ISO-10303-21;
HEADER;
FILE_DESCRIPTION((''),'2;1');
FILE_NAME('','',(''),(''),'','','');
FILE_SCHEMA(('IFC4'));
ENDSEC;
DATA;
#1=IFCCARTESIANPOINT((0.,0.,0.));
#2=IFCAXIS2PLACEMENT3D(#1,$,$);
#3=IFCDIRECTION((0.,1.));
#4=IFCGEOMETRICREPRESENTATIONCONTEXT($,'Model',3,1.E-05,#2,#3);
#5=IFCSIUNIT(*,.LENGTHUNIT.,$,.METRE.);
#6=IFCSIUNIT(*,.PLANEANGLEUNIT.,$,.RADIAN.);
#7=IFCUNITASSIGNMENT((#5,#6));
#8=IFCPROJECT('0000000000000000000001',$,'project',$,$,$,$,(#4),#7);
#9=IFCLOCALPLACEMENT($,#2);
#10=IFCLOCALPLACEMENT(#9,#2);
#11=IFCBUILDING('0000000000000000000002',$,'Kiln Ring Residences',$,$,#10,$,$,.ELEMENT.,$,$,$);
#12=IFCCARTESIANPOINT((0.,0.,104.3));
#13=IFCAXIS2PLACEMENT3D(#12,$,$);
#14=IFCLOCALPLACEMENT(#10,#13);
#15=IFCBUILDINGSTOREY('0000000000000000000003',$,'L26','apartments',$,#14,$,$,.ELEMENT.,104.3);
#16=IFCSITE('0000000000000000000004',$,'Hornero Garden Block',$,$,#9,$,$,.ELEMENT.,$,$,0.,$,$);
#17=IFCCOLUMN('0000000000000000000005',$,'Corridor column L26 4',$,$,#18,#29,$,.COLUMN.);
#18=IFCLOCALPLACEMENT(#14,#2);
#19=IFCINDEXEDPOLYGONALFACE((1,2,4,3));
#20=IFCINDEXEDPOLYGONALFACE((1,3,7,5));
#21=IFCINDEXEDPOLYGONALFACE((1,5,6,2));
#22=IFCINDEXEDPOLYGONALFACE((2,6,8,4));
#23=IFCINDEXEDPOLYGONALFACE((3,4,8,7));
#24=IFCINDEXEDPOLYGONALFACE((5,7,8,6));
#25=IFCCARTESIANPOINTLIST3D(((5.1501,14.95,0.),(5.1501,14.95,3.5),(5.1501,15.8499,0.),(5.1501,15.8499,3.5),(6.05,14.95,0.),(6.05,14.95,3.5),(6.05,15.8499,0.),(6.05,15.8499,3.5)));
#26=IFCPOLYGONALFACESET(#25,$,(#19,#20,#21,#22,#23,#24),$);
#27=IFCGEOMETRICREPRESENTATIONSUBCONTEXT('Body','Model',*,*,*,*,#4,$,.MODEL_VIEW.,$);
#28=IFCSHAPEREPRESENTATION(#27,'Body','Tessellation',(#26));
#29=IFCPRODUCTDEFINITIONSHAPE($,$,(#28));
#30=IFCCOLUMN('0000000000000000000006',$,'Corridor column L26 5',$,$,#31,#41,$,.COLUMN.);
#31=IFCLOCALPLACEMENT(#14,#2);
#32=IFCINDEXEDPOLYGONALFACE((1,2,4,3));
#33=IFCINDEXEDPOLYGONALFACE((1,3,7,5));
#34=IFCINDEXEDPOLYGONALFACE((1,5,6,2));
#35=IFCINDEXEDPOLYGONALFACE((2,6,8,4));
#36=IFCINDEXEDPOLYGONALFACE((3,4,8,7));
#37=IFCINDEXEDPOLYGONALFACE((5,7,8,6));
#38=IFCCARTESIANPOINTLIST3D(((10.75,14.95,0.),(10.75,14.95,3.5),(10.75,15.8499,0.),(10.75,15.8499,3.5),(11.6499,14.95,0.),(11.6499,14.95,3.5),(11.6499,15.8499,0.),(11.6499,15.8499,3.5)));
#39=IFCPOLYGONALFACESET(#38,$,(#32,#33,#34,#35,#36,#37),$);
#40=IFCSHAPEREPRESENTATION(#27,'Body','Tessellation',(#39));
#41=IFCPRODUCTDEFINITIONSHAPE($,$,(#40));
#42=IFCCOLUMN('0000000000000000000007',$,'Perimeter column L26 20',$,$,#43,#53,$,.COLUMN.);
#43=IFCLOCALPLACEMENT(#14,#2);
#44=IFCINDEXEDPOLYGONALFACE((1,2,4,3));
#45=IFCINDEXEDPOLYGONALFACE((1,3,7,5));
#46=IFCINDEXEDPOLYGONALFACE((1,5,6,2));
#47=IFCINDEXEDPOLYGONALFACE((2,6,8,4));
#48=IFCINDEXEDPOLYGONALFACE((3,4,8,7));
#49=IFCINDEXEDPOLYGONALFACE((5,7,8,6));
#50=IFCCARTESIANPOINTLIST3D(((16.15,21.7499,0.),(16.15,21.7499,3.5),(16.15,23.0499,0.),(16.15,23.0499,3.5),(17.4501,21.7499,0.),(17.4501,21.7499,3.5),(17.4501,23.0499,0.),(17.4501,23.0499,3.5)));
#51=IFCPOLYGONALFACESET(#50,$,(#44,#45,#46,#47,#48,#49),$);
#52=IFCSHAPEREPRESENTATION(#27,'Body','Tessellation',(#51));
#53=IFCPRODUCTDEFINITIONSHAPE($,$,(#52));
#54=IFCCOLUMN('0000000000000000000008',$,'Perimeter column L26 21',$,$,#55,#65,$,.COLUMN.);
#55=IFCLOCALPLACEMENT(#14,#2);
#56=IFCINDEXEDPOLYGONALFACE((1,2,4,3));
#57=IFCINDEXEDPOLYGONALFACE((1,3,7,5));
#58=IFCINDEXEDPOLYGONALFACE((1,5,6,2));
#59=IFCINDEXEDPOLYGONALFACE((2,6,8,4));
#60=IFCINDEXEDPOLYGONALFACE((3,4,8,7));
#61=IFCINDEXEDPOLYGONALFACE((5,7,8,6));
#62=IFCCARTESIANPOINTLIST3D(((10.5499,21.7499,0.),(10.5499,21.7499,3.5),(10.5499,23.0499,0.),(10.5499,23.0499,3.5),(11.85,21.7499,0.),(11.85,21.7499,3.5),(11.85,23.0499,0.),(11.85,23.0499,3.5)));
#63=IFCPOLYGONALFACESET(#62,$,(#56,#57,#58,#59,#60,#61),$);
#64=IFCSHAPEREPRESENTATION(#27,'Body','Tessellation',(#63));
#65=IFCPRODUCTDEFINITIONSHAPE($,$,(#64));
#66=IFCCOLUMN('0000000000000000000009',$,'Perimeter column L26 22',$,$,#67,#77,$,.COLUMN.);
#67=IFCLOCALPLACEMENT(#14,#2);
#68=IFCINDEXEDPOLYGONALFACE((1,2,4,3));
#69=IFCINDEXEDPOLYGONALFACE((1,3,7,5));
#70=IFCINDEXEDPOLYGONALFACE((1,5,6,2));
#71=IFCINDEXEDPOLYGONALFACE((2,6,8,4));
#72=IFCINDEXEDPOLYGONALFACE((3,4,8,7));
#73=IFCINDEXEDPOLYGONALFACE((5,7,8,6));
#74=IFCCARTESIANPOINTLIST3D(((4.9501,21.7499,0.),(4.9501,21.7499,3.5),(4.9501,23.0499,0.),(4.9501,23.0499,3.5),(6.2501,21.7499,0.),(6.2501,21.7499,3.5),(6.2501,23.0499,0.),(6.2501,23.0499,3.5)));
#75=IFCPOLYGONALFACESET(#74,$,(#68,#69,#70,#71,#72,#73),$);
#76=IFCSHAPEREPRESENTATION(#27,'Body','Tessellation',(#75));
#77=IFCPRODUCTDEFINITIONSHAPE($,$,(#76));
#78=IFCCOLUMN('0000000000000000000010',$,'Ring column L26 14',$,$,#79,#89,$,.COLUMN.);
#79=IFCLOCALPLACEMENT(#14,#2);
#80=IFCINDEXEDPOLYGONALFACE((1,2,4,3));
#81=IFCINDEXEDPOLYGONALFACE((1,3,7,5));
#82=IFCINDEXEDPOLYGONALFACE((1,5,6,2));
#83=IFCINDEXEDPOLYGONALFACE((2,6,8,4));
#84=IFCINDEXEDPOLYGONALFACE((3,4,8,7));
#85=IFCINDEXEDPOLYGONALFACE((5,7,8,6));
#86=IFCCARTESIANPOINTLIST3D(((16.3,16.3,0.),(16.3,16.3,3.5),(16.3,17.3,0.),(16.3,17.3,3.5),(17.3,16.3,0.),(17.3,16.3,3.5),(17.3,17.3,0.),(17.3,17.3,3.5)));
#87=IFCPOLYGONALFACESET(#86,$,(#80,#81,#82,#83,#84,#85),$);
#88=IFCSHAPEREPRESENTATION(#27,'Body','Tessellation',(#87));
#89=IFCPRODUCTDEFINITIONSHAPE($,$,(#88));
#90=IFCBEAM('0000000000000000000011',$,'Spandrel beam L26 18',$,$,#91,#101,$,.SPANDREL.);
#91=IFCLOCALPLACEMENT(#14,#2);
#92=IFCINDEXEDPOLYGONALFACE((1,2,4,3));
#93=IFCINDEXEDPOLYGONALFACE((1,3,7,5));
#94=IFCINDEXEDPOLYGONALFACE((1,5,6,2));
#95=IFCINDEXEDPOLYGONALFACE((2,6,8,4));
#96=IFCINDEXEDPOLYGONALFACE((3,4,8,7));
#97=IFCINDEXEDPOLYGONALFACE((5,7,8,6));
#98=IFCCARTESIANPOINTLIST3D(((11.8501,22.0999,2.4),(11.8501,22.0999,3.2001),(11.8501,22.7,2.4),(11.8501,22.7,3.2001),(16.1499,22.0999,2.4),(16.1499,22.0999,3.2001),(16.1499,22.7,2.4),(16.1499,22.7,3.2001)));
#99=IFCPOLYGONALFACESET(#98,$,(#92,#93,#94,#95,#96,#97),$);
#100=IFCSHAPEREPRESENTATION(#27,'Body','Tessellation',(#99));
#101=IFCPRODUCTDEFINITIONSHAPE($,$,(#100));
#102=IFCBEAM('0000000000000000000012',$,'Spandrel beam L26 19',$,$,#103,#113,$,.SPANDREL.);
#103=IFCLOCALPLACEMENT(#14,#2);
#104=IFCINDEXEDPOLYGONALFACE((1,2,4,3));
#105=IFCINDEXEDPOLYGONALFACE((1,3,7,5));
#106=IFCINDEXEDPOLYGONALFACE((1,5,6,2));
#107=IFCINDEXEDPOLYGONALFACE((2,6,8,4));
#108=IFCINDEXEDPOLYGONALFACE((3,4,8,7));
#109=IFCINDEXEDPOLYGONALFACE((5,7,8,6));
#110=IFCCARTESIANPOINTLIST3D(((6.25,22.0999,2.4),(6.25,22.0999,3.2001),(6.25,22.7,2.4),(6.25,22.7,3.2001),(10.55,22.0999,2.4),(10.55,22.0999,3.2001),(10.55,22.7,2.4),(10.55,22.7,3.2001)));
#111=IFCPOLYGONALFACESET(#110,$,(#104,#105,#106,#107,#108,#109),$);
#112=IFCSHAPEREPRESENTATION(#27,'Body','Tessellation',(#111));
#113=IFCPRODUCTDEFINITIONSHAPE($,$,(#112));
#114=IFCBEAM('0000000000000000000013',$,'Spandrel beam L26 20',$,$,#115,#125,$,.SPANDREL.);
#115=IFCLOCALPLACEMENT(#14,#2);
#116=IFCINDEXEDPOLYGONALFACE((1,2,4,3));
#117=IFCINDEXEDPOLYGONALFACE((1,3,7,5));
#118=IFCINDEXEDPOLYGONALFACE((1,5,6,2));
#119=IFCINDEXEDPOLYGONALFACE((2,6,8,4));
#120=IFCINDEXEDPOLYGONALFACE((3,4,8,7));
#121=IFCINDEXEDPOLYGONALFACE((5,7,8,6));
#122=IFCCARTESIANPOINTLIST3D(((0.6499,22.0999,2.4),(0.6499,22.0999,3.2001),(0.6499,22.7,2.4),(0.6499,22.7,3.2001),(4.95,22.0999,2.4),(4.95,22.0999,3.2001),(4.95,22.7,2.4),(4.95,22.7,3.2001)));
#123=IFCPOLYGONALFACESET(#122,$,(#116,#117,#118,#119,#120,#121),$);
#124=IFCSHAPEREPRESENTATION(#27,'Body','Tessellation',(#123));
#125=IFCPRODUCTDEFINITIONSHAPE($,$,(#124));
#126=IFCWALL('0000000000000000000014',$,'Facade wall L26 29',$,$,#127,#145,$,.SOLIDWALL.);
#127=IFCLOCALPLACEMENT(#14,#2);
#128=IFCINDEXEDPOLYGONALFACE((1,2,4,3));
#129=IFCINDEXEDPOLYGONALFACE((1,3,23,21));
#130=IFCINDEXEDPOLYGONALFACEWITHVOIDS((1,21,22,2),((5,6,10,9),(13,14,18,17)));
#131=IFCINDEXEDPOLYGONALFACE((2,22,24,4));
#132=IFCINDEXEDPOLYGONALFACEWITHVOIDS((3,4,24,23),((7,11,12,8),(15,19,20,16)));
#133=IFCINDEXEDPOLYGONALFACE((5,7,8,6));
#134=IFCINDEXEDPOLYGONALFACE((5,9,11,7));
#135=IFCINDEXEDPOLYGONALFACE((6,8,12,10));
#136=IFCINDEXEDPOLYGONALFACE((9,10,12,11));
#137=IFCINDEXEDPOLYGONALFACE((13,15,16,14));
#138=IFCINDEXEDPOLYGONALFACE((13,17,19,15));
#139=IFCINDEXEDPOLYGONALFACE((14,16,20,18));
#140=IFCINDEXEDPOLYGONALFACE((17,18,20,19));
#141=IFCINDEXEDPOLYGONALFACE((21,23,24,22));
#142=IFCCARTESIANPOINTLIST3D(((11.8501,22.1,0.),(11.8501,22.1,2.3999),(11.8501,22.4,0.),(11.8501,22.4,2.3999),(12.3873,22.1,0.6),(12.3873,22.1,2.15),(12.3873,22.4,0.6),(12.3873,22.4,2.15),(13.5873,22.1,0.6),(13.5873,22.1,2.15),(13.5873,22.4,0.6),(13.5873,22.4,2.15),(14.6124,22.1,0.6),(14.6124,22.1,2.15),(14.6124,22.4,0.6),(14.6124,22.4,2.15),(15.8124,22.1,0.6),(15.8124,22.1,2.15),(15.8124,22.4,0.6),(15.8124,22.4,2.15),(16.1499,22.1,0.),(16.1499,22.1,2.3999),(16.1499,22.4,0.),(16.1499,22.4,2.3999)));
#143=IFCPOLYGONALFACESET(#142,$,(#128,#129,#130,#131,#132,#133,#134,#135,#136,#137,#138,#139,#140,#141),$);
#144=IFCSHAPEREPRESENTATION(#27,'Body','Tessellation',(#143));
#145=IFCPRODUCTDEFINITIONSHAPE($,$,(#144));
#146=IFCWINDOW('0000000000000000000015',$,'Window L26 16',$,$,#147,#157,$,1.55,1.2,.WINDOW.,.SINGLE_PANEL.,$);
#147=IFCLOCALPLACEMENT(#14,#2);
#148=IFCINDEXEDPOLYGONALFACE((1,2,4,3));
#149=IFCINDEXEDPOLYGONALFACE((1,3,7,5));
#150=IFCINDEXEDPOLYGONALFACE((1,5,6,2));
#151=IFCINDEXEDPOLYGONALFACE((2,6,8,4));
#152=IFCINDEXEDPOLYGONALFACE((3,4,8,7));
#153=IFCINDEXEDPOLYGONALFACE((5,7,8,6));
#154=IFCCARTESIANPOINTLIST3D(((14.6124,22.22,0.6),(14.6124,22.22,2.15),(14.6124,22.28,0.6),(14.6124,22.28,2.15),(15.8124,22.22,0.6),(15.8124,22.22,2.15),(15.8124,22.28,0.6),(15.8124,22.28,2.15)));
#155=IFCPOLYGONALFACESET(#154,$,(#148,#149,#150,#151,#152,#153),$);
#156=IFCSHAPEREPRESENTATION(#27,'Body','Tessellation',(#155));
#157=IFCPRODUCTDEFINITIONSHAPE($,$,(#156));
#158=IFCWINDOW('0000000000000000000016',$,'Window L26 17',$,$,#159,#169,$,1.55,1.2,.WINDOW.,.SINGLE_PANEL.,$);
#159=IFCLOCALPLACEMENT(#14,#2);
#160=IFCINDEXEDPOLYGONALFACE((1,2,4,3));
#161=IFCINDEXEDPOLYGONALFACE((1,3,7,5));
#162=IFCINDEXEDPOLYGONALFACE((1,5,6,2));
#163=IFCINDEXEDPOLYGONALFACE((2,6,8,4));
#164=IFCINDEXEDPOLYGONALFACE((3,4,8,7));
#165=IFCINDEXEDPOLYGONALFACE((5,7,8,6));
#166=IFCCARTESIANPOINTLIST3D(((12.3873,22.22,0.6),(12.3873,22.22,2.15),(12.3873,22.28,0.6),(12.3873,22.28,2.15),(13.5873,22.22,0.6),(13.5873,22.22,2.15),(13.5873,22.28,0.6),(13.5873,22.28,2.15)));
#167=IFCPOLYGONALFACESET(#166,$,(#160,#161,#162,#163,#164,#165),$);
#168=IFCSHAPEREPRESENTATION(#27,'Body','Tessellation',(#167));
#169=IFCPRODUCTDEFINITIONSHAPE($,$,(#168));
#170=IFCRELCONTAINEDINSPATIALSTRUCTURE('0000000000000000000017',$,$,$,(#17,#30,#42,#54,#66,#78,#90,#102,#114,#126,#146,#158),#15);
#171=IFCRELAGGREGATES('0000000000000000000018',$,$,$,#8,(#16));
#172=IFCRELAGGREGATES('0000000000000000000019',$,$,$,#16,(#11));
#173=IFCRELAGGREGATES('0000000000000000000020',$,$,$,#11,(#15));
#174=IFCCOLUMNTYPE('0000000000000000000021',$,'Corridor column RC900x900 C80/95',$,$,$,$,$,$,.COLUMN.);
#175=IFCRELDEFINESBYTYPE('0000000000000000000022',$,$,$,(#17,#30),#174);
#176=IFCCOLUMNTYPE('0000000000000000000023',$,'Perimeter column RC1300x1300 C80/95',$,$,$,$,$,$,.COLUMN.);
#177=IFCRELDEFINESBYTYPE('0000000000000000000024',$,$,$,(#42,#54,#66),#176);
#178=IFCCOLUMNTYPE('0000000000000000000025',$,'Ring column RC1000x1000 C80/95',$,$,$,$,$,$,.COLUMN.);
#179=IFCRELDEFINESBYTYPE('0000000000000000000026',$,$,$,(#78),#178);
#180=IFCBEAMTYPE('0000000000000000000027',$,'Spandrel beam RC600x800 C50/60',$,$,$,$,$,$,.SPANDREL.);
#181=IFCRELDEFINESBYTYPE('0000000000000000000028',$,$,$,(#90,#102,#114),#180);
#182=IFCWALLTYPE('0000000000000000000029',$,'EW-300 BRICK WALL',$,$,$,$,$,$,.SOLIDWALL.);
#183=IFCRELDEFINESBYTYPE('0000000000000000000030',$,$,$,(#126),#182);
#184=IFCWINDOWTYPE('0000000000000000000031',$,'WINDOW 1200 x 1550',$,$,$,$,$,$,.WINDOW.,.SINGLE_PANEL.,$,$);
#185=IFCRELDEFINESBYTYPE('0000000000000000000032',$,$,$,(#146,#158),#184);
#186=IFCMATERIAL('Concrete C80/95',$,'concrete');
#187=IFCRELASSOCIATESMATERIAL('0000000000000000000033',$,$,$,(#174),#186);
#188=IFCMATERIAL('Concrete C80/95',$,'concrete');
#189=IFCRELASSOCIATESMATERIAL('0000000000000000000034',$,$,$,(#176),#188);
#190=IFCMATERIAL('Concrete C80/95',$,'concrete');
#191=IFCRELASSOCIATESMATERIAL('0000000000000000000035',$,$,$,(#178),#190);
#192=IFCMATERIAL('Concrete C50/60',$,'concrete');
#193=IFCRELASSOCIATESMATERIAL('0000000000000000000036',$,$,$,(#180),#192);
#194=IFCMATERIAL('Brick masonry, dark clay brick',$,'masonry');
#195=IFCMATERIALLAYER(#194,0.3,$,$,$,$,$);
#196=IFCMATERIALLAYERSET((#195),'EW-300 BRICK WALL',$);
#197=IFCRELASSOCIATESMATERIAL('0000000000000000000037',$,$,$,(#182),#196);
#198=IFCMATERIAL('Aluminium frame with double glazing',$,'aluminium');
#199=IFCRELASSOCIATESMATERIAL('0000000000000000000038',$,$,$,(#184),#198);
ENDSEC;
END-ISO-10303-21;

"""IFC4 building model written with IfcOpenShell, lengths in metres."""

from ifc_helpers import new_model, si_unit, direction, frame, frame_2d, origin, origin_2d, place, context, subcontext, project, spatial, rectangle, extrude, material, layer, layer_set, material_profile, profile_set, type_object, element, fill, save


model = new_model("IFC4")

# Units and contexts
model_context = context("Model", 3, precision=1e-05, world=origin(), true_north=direction((0.0, 1.0)))
body_context = subcontext(model_context, "Body", "Model", "MODEL_VIEW")
ifc_project = project(units=[si_unit("LENGTHUNIT", "METRE"), si_unit("PLANEANGLEUNIT", "RADIAN")], contexts=[model_context])

# Site, building, storey
site_placement = place(None, origin())
site = spatial("IfcSite", under=ifc_project, at=site_placement, Name="Hornero Garden Block", CompositionType="ELEMENT", RefElevation=0.0)
building_placement = place(site_placement, origin())
building = spatial("IfcBuilding", under=site, at=building_placement, Name="Kiln Ring Residences", CompositionType="ELEMENT")
storey_placement = place(building_placement, frame((0.0, 0.0, 104.3)))
storey = spatial("IfcBuildingStorey", under=building, at=storey_placement, Name="L26", Description="apartments", CompositionType="ELEMENT", Elevation=104.3)

# Columns
ifc_material_1 = material(Name="Concrete C80/95", Category="concrete")
ifc_material_profile_1 = material_profile(ifc_material_1, rectangle(XDim=0.8999, YDim=0.8999, at=origin_2d()), Name="RC900x900")
ifc_profile_set_1 = profile_set([ifc_material_profile_1], Name="Concrete C80/95")
column_type_1 = type_object("IfcColumnType", Name="Corridor column RC900x900 C80/95", PredefinedType="COLUMN", material=ifc_profile_set_1)
for number, where, z_axis, x_axis, name in (
    (1, (5.6001, 15.3999, 0.0), (0.0, 0.0, 1.0), (1.0, 0.0, 0.0), "Corridor column L26 4"),
    (2, (11.2, 15.3999, 0.0), (0.0, 0.0, 1.0), (1.0, 0.0, 0.0), "Corridor column L26 5"),
):
    element("IfcColumn", number, at=place(storey_placement, frame(where, z_axis=z_axis, x_axis=x_axis)), inside=storey, type_object=column_type_1, Name=name, PredefinedType="COLUMN", context=body_context, shape_type="SweptSolid", body=[
        extrude(rectangle(XDim=0.8999, YDim=0.8999, at=origin_2d()), origin(), (0.0, 0.0, 1.0), 3.5),
    ])
ifc_material_2 = material(Name="Concrete C80/95", Category="concrete")
ifc_material_profile_2 = material_profile(ifc_material_2, rectangle(XDim=1.3, YDim=1.3, at=origin_2d()), Name="RC1300x1300")
ifc_profile_set_2 = profile_set([ifc_material_profile_2], Name="Concrete C80/95")
column_type_2 = type_object("IfcColumnType", Name="Perimeter column RC1300x1300 C80/95", PredefinedType="COLUMN", material=ifc_profile_set_2)
for number, where, z_axis, x_axis, name in (
    (3, (16.8, 22.3999, 0.0), (0.0, 0.0, 1.0), (1.0, 0.0, 0.0), "Perimeter column L26 20"),
    (4, (11.2, 22.3999, 0.0), (0.0, 0.0, 1.0), (1.0, 0.0, 0.0), "Perimeter column L26 21"),
    (5, (5.6001, 22.3999, 0.0), (0.0, 0.0, 1.0), (1.0, 0.0, 0.0), "Perimeter column L26 22"),
):
    element("IfcColumn", number, at=place(storey_placement, frame(where, z_axis=z_axis, x_axis=x_axis)), inside=storey, type_object=column_type_2, Name=name, PredefinedType="COLUMN", context=body_context, shape_type="SweptSolid", body=[
        extrude(rectangle(XDim=1.3, YDim=1.3, at=origin_2d()), origin(), (0.0, 0.0, 1.0), 3.5),
    ])
ifc_material_3 = material(Name="Concrete C80/95", Category="concrete")
ifc_material_profile_3 = material_profile(ifc_material_3, rectangle(XDim=1.0, YDim=1.0, at=origin_2d()), Name="RC1000x1000")
ifc_profile_set_3 = profile_set([ifc_material_profile_3], Name="Concrete C80/95")
column_type_3 = type_object("IfcColumnType", Name="Ring column RC1000x1000 C80/95", PredefinedType="COLUMN", material=ifc_profile_set_3)
column_placement = place(storey_placement, frame((16.8, 16.8, 0.0), z_axis=(0.0, 0.0, 1.0), x_axis=(1.0, 0.0, 0.0)))
element("IfcColumn", 6, at=column_placement, inside=storey, type_object=column_type_3, Name="Ring column L26 14", PredefinedType="COLUMN", context=body_context, shape_type="SweptSolid", body=[
    extrude(rectangle(XDim=1.0, YDim=1.0, at=origin_2d()), origin(), (0.0, 0.0, 1.0), 3.5),
])

# Beams
ifc_material_4 = material(Name="Concrete C50/60", Category="concrete")
ifc_material_profile_4 = material_profile(ifc_material_4, rectangle(XDim=0.6001, YDim=0.8, at=origin_2d()), Name="RC600x800")
ifc_profile_set_4 = profile_set([ifc_material_profile_4], Name="Concrete C50/60")
beam_type = type_object("IfcBeamType", Name="Spandrel beam RC600x800 C50/60", PredefinedType="SPANDREL", material=ifc_profile_set_4)
beam_placement = place(storey_placement, frame((16.1499, 22.3999, 2.8), z_axis=(-1.0, 0.0, 0.0), x_axis=(0.0, -1.0, 0.0)))
element("IfcBeam", 7, at=beam_placement, inside=storey, type_object=beam_type, Name="Spandrel beam L26 18", PredefinedType="SPANDREL", context=body_context, shape_type="SweptSolid", body=[
    extrude(rectangle(XDim=0.6001, YDim=0.8, at=origin_2d()), origin(), (0.0, 0.0, 1.0), 4.2998),
])
for number, where, z_axis, x_axis, name in (
    (8, (10.55, 22.3999, 2.8), (-1.0, 0.0, 0.0), (0.0, -1.0, 0.0), "Spandrel beam L26 19"),
    (9, (4.95, 22.3999, 2.8), (-1.0, 0.0, 0.0), (0.0, -1.0, 0.0), "Spandrel beam L26 20"),
):
    element("IfcBeam", number, at=place(storey_placement, frame(where, z_axis=z_axis, x_axis=x_axis)), inside=storey, type_object=beam_type, Name=name, PredefinedType="SPANDREL", context=body_context, shape_type="SweptSolid", body=[
        extrude(rectangle(XDim=0.6001, YDim=0.8, at=origin_2d()), origin(), (0.0, 0.0, 1.0), 4.3),
    ])

# Wall, openings, windows
ifc_material_5 = material(Name="Brick masonry, dark clay brick", Category="masonry")
ifc_layer_1 = layer(ifc_material_5, 0.3)
ifc_layer_set_1 = layer_set([ifc_layer_1], Name="EW-300 BRICK WALL")
wall_type_1 = type_object("IfcWallType", Name="EW-300 BRICK WALL", PredefinedType="SOLIDWALL", material=ifc_layer_set_1)
wall_1_placement = place(storey_placement, frame((16.1499, 22.25, 0.0), z_axis=(0.0, 0.0, 1.0), x_axis=(-1.0, 0.0, 0.0)))
wall_1 = element("IfcWall", 10, at=wall_1_placement, inside=storey, type_object=wall_type_1, Name="Facade wall L26 29", PredefinedType="SOLIDWALL", context=body_context, shape_type="SweptSolid", body=[
    extrude(rectangle(XDim=4.2998, YDim=0.3, at=frame_2d((2.1499, 0.0))), origin(), (0.0, 0.0, 1.0), 2.3999),
])
opening_1_placement = place(wall_1_placement, frame((0.3374, 0.0, 0.6001)))
opening_1 = element("IfcOpeningElement", 11, at=opening_1_placement, cuts=wall_1, PredefinedType="OPENING", context=body_context, shape_type="SweptSolid", body=[
    extrude(rectangle(XDim=1.2, YDim=1.55, at=frame_2d((0.6001, 0.7749))), frame((0.0, 0.1599, 0.0), z_axis=(0.0, -1.0, 0.0), x_axis=(1.0, 0.0, 0.0)), (0.0, 0.0, 1.0), 0.3201),
])
opening_2_placement = place(wall_1_placement, frame((2.5625, 0.0, 0.6001)))
opening_2 = element("IfcOpeningElement", 12, at=opening_2_placement, cuts=wall_1, PredefinedType="OPENING", context=body_context, shape_type="SweptSolid", body=[
    extrude(rectangle(XDim=1.2, YDim=1.55, at=frame_2d((0.6001, 0.7749))), frame((0.0, 0.1599, 0.0), z_axis=(0.0, -1.0, 0.0), x_axis=(1.0, 0.0, 0.0)), (0.0, 0.0, 1.0), 0.3201),
])
ifc_material_6 = material(Name="Aluminium frame with double glazing", Category="aluminium")
window_type_1 = type_object("IfcWindowType", Name="WINDOW 1200 x 1550", PartitioningType="SINGLE_PANEL", PredefinedType="WINDOW", material=ifc_material_6)
window_1_placement = place(opening_1_placement, origin())
window_1 = element("IfcWindow", 13, at=window_1_placement, inside=storey, type_object=window_type_1, Name="Window L26 16", OverallHeight=1.55, OverallWidth=1.2, PartitioningType="SINGLE_PANEL", PredefinedType="WINDOW", context=body_context, shape_type="SweptSolid", body=[
    extrude(rectangle(XDim=1.2, YDim=1.55, at=frame_2d((0.6001, 0.7749))), frame((0.0, 0.03, 0.0), z_axis=(0.0, -1.0, 0.0), x_axis=(1.0, 0.0, 0.0)), (0.0, 0.0, 1.0), 0.0601),
])
fill(opening_1, window_1)
window_2_placement = place(opening_2_placement, origin())
window_2 = element("IfcWindow", 14, at=window_2_placement, inside=storey, type_object=window_type_1, Name="Window L26 17", OverallHeight=1.55, OverallWidth=1.2, PartitioningType="SINGLE_PANEL", PredefinedType="WINDOW", context=body_context, shape_type="SweptSolid", body=[
    extrude(rectangle(XDim=1.2, YDim=1.55, at=frame_2d((0.6001, 0.7749))), frame((0.0, 0.03, 0.0), z_axis=(0.0, -1.0, 0.0), x_axis=(1.0, 0.0, 0.0)), (0.0, 0.0, 1.0), 0.0601),
])
fill(opening_2, window_2)

save(model, "model.ifc")
